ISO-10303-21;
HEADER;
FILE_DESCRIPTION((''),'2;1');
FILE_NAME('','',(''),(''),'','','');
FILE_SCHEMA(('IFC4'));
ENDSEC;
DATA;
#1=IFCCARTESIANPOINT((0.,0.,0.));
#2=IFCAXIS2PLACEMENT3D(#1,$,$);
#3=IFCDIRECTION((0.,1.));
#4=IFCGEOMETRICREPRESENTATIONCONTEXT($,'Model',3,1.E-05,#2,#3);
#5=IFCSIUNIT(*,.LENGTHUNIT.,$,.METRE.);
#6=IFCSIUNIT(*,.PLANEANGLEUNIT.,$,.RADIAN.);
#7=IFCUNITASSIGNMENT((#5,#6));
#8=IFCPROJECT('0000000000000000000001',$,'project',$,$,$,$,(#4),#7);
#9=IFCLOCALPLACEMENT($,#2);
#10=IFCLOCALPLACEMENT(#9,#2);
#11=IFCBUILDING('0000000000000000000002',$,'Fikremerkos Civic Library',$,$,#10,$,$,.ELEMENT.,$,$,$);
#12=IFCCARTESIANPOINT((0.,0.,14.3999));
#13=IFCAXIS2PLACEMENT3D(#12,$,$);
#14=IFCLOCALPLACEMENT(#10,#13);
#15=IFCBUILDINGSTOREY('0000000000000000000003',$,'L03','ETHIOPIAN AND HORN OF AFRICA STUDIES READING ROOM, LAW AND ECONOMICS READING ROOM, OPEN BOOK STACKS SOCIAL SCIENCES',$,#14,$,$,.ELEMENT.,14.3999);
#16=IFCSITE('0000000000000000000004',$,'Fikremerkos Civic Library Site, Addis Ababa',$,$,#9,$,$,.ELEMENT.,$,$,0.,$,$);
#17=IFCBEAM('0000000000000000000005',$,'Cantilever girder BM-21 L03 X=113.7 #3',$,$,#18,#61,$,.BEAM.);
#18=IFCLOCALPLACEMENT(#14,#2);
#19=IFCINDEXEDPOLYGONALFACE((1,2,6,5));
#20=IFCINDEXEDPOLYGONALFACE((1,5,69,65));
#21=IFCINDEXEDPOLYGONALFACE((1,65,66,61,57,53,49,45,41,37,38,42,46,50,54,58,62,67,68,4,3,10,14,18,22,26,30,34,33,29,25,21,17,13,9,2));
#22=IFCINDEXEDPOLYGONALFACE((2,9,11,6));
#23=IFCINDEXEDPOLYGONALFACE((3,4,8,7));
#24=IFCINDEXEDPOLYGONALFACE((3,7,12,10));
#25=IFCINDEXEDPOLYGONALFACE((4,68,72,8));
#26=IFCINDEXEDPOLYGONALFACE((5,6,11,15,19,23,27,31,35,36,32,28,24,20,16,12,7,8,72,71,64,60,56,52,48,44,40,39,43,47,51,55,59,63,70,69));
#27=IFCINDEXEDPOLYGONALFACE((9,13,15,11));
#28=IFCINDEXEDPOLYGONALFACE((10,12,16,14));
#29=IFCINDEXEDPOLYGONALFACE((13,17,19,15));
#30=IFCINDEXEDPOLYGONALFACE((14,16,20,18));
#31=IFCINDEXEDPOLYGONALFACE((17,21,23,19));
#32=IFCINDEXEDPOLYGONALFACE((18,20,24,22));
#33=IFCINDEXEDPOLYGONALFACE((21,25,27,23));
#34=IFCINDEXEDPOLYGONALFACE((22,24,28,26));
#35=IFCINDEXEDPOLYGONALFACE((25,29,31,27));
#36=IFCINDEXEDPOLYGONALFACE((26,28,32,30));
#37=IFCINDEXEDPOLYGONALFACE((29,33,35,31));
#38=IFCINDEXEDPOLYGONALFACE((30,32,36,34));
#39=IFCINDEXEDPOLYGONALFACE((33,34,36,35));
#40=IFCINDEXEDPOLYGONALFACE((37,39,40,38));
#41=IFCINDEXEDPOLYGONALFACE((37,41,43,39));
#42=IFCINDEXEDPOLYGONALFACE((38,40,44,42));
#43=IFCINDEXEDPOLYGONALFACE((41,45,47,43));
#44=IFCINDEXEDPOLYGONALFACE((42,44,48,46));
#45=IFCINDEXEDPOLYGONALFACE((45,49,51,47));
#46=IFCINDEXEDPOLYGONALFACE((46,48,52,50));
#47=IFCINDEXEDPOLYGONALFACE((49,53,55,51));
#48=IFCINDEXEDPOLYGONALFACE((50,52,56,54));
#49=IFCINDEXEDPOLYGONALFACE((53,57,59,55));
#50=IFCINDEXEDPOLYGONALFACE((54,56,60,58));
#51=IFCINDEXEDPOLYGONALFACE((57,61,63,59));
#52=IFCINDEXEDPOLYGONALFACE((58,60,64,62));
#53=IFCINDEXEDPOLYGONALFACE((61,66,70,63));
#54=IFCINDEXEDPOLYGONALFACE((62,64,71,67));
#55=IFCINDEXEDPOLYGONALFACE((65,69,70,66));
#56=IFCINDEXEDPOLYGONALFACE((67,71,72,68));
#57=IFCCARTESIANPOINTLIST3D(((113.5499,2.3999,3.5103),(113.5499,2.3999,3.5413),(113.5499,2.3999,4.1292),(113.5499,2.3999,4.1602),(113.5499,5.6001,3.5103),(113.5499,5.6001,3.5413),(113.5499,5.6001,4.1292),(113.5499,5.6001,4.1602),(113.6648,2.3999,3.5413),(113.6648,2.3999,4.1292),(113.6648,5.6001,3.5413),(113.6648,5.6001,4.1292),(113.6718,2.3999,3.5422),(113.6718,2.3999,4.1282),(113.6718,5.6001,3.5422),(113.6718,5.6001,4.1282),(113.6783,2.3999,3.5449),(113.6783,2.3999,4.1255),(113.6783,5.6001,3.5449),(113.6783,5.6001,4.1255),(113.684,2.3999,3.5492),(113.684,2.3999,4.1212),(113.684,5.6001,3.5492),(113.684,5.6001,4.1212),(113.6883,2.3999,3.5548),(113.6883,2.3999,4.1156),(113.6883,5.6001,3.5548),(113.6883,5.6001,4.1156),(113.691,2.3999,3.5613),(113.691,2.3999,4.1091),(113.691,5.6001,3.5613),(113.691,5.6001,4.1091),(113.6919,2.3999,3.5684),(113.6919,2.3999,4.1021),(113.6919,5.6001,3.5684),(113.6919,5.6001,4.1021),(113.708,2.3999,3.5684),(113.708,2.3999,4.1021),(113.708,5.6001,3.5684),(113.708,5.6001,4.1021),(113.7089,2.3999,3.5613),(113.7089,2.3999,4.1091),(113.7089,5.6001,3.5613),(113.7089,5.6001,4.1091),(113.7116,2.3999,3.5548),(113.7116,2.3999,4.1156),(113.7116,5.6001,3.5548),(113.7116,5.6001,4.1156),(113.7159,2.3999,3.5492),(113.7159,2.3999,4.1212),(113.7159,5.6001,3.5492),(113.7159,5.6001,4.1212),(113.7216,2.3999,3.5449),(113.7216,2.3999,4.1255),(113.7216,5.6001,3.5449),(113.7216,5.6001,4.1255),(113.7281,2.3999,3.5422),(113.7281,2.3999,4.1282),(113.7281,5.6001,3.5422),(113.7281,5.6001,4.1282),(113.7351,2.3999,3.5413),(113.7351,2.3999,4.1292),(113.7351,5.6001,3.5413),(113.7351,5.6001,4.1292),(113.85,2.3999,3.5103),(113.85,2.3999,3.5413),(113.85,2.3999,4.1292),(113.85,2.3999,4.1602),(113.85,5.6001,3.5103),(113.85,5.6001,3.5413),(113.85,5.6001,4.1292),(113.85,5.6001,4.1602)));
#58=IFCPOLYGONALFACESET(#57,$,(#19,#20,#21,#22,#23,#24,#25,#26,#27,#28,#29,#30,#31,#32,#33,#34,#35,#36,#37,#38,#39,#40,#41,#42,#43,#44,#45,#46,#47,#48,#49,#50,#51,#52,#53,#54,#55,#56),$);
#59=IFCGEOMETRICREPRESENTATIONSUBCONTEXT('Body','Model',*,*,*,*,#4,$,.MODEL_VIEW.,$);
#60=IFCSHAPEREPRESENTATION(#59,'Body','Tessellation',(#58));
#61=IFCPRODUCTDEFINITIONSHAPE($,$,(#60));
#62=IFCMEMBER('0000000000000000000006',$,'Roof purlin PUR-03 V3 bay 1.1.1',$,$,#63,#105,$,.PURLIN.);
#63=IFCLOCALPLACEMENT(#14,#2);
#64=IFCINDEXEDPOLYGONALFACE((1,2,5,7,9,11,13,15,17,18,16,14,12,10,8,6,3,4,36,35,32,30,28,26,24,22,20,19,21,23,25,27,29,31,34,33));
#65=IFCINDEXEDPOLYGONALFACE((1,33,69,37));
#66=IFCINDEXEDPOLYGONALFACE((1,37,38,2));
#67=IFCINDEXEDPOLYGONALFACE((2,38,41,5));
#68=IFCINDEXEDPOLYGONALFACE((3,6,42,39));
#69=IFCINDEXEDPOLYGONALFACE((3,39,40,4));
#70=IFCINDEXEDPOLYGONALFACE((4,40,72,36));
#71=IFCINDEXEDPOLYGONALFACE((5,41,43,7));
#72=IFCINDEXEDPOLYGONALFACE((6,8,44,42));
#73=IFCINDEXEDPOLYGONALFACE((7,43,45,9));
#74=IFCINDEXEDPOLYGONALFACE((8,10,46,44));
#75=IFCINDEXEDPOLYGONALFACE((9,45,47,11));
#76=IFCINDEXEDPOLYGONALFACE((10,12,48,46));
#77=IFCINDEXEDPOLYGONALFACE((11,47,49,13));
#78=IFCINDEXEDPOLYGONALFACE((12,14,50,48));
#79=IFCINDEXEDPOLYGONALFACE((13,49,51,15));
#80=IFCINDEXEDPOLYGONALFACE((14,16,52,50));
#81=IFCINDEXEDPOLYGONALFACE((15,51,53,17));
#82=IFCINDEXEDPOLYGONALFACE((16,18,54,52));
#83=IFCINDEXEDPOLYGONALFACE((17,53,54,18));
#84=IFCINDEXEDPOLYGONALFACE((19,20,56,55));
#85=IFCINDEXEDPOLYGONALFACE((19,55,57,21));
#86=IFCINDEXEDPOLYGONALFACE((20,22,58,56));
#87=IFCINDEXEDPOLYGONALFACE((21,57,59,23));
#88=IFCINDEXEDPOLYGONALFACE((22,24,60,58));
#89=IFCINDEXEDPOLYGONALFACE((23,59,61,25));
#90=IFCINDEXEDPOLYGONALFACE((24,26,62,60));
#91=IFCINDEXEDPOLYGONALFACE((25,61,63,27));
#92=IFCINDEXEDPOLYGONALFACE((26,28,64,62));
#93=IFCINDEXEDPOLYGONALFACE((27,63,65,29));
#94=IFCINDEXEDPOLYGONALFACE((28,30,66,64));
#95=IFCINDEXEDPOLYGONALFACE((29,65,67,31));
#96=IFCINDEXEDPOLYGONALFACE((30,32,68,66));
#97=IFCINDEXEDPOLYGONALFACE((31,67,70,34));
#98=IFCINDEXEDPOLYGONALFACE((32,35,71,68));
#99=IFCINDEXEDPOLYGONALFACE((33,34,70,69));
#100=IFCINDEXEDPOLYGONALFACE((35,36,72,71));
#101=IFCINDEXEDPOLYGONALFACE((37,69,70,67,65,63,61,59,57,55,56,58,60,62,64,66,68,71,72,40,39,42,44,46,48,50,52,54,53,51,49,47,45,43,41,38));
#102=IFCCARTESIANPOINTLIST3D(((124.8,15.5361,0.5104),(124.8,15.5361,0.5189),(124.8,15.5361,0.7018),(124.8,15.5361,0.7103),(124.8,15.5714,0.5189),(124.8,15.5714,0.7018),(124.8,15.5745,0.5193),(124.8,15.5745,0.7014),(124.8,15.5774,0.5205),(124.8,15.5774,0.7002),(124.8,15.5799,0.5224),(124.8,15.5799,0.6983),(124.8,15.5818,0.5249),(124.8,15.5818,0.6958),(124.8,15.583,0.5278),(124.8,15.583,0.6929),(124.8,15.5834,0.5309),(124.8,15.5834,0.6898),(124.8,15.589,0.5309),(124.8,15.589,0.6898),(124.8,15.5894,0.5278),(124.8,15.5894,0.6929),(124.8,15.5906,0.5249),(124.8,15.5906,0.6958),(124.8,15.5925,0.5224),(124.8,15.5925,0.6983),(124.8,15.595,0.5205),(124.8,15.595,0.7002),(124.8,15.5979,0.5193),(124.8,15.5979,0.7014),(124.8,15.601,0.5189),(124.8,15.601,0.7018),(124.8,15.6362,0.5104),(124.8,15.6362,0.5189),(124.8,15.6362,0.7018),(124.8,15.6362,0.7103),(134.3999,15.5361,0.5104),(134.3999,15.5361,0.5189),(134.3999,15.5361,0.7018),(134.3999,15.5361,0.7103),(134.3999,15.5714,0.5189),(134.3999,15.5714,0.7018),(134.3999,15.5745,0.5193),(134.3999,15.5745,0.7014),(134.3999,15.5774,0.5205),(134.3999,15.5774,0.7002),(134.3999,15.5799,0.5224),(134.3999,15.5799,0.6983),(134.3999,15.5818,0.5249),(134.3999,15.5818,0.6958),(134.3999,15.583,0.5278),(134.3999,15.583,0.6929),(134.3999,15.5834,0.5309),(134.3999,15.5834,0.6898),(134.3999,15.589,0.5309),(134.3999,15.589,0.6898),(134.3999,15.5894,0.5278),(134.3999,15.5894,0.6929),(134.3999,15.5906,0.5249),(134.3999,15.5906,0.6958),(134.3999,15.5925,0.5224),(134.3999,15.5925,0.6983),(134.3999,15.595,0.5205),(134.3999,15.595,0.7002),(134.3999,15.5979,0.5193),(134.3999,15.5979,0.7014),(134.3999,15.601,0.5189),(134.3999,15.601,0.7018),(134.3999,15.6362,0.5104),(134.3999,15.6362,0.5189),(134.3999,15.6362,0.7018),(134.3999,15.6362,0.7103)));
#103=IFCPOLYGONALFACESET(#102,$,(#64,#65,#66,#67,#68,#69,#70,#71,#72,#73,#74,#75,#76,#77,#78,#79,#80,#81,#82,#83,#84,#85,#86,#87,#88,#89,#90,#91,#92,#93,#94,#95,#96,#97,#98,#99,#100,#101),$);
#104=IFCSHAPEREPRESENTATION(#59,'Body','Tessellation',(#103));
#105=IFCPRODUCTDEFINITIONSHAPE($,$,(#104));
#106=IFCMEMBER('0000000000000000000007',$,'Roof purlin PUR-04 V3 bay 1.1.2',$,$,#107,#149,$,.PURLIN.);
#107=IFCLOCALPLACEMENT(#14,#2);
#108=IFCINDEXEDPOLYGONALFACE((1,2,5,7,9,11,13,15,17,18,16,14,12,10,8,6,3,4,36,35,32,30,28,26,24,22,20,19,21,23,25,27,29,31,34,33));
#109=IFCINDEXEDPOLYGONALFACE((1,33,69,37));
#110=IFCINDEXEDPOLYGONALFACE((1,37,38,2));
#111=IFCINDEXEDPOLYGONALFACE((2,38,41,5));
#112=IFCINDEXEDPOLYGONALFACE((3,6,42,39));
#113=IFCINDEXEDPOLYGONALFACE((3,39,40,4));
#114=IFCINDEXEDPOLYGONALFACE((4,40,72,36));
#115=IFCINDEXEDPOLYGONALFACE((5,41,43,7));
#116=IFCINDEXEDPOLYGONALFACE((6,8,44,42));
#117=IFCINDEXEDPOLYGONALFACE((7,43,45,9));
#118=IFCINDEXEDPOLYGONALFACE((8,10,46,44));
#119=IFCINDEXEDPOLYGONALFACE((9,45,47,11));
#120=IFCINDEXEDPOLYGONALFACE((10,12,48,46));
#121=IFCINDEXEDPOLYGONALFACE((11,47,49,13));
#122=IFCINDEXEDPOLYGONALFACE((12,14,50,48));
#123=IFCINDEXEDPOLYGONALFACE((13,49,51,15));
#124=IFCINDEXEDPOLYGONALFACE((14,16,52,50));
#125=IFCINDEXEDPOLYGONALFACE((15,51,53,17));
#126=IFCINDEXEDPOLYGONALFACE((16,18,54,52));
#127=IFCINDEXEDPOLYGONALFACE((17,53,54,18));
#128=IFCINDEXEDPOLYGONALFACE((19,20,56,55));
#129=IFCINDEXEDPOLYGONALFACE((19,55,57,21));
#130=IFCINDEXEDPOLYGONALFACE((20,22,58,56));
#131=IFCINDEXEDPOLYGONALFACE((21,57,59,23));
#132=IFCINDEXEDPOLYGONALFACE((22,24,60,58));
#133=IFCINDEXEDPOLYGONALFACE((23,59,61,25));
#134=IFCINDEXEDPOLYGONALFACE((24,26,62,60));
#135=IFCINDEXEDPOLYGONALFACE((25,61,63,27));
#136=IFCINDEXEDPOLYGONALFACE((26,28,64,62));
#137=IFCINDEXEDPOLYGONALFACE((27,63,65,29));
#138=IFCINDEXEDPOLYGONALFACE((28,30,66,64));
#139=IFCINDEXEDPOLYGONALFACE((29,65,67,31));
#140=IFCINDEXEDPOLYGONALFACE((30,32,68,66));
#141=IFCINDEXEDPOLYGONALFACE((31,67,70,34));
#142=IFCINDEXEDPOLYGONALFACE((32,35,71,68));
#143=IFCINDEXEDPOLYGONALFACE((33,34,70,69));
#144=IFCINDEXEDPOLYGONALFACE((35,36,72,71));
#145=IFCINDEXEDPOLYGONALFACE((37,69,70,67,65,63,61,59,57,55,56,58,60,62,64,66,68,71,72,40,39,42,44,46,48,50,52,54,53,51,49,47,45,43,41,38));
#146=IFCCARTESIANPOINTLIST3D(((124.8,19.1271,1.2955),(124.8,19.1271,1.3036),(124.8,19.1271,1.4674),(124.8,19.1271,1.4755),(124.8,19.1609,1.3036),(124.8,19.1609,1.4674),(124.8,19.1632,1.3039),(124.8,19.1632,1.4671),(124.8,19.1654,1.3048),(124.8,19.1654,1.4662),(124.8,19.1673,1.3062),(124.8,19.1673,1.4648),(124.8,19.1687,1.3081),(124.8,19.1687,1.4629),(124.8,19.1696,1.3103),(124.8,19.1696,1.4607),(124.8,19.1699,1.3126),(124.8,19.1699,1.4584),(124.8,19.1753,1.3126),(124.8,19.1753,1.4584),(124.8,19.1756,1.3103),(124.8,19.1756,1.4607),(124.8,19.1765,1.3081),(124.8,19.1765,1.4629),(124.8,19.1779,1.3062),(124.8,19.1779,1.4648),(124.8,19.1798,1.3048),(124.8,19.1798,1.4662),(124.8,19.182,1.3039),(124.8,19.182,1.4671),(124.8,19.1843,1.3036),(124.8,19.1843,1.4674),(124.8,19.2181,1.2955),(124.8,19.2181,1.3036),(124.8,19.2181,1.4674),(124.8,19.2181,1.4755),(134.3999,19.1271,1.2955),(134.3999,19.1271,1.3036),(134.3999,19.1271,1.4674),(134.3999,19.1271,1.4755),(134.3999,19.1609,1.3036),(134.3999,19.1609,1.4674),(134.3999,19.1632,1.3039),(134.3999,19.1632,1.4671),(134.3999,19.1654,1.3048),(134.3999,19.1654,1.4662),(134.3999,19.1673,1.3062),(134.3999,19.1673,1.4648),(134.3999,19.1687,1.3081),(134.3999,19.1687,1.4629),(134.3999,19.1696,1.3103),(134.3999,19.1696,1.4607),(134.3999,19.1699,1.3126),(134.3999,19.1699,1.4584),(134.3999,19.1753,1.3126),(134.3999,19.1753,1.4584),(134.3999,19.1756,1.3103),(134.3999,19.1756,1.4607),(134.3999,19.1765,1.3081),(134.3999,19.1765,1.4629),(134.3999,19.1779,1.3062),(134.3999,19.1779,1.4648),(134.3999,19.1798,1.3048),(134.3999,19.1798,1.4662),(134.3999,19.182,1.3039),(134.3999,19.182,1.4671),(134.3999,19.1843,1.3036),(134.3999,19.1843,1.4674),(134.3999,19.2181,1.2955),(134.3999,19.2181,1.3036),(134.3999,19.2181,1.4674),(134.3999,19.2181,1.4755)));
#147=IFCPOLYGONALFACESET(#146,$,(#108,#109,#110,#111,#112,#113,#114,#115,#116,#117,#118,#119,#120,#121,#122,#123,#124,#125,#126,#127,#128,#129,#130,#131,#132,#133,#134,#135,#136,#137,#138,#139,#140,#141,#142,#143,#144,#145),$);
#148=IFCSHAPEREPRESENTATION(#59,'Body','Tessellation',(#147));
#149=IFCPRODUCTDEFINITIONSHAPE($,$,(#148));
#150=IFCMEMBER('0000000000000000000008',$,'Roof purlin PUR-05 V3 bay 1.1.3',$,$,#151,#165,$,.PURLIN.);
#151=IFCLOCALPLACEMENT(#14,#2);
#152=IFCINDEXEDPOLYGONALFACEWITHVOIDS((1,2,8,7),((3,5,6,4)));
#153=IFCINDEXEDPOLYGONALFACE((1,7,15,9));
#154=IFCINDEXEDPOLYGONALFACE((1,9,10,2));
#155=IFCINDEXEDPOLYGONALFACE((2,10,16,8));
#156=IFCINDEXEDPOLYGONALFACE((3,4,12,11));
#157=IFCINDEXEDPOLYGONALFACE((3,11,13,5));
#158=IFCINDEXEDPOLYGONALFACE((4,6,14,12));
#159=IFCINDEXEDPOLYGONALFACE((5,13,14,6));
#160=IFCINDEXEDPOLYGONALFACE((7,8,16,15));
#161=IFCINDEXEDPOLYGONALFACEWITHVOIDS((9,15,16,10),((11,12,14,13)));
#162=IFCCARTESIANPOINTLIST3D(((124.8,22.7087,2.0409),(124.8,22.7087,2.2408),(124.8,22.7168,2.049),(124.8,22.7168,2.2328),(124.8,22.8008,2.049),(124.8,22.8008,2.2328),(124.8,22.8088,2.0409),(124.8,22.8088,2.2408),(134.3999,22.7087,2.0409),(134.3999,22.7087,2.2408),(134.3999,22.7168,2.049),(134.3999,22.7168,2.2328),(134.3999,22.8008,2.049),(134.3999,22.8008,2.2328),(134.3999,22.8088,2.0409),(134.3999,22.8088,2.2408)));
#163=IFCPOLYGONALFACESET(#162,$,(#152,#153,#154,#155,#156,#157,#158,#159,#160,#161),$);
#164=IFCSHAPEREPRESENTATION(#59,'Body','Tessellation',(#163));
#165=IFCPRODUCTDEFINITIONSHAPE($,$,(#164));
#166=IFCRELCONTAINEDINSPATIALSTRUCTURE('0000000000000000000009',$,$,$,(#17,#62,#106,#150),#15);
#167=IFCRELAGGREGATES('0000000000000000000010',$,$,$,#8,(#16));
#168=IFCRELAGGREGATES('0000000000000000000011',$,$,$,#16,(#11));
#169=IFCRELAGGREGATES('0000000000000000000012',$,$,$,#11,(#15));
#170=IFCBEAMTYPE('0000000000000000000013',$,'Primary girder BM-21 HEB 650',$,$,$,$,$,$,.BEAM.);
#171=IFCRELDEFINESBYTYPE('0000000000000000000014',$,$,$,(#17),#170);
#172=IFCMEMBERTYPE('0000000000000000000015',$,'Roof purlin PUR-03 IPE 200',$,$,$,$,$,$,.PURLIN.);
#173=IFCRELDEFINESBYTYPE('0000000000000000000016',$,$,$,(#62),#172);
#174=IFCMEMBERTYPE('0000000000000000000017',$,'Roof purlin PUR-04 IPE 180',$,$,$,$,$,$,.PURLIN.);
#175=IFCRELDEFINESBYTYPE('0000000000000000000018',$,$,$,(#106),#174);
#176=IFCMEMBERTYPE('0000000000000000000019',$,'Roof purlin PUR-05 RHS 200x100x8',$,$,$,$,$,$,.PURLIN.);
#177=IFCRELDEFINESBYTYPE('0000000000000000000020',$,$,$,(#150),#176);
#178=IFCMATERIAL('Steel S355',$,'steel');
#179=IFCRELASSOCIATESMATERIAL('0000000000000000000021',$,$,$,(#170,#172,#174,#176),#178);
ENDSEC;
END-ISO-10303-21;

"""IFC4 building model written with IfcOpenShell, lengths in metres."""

from ifc_helpers import new_model, si_unit, direction, frame, origin, origin_2d, place, context, subcontext, project, spatial, hollow_rectangle, i_section, extrude, material, material_profile, profile_set, type_object, element, save


model = new_model("IFC4")

# Units and contexts
model_context = context("Model", 3, precision=1e-05, world=origin(), true_north=direction((0.0, 1.0)))
body_context = subcontext(model_context, "Body", "Model", "MODEL_VIEW")
ifc_project = project(units=[si_unit("LENGTHUNIT", "METRE"), si_unit("PLANEANGLEUNIT", "RADIAN")], contexts=[model_context])

# Site, building, storey
site_placement = place(None, origin())
site = spatial("IfcSite", under=ifc_project, at=site_placement, Name="Fikremerkos Civic Library Site, Addis Ababa", CompositionType="ELEMENT", RefElevation=0.0)
building_placement = place(site_placement, origin())
building = spatial("IfcBuilding", under=site, at=building_placement, Name="Fikremerkos Civic Library", CompositionType="ELEMENT")
storey_placement = place(building_placement, frame((0.0, 0.0, 14.3999)))
storey = spatial("IfcBuildingStorey", under=building, at=storey_placement, Name="L03", Description="ETHIOPIAN AND HORN OF AFRICA STUDIES READING ROOM, LAW AND ECONOMICS READING ROOM, OPEN BOOK STACKS SOCIAL SCIENCES", CompositionType="ELEMENT", Elevation=14.3999)

# Shared definitions
ifc_material_1 = material(Name="Steel S355", Category="steel")

# Beam
ifc_material_profile_1 = material_profile(ifc_material_1, i_section(OverallWidth=0.3, OverallDepth=0.6499, WebThickness=0.0161, FlangeThickness=0.031, FilletRadius=0.0271, at=origin_2d()), Name="HEB 650")
ifc_profile_set_1 = profile_set([ifc_material_profile_1], Name="Steel S355")
beam_type_1 = type_object("IfcBeamType", Name="Primary girder BM-21 HEB 650", PredefinedType="BEAM", material=ifc_profile_set_1)
beam_1_placement = place(storey_placement, frame((113.7, 5.6001, 3.8352), z_axis=(0.0, -1.0, 0.0), x_axis=(1.0, 0.0, 0.0)))
element("IfcBeam", 1, at=beam_1_placement, inside=storey, type_object=beam_type_1, Name="Cantilever girder BM-21 L03 X=113.7 #3", PredefinedType="BEAM", context=body_context, shape_type="SweptSolid", body=[
    extrude(i_section(OverallWidth=0.3, OverallDepth=0.6499, WebThickness=0.0161, FlangeThickness=0.031, FilletRadius=0.0271, at=origin_2d()), origin(), (0.0, 0.0, 1.0), 3.2002),
])

# Members
ifc_material_profile_2 = material_profile(ifc_material_1, i_section(OverallWidth=0.1001, OverallDepth=0.2, WebThickness=0.0056, FlangeThickness=0.0085, FilletRadius=0.012, at=origin_2d()), Name="IPE 200")
ifc_profile_set_2 = profile_set([ifc_material_profile_2], Name="Steel S355")
member_type_1 = type_object("IfcMemberType", Name="Roof purlin PUR-03 IPE 200", PredefinedType="PURLIN", material=ifc_profile_set_2)
member_1_placement = place(storey_placement, frame((124.8, 15.5862, 0.6104), z_axis=(1.0, 0.0, 0.0), x_axis=(0.0, 1.0, 0.0)))
element("IfcMember", 2, at=member_1_placement, inside=storey, type_object=member_type_1, Name="Roof purlin PUR-03 V3 bay 1.1.1", PredefinedType="PURLIN", context=body_context, shape_type="SweptSolid", body=[
    extrude(i_section(OverallWidth=0.1001, OverallDepth=0.2, WebThickness=0.0056, FlangeThickness=0.0085, FilletRadius=0.012, at=origin_2d()), origin(), (0.0, 0.0, 1.0), 9.5999),
])
ifc_material_profile_3 = material_profile(ifc_material_1, i_section(OverallWidth=0.0911, OverallDepth=0.1799, WebThickness=0.0054, FlangeThickness=0.0081, FilletRadius=0.009, at=origin_2d()), Name="IPE 180")
ifc_profile_set_3 = profile_set([ifc_material_profile_3], Name="Steel S355")
member_type_2 = type_object("IfcMemberType", Name="Roof purlin PUR-04 IPE 180", PredefinedType="PURLIN", material=ifc_profile_set_3)
member_2_placement = place(storey_placement, frame((124.8, 19.1726, 1.3855), z_axis=(1.0, 0.0, 0.0), x_axis=(0.0, 1.0, 0.0)))
element("IfcMember", 3, at=member_2_placement, inside=storey, type_object=member_type_2, Name="Roof purlin PUR-04 V3 bay 1.1.2", PredefinedType="PURLIN", context=body_context, shape_type="SweptSolid", body=[
    extrude(i_section(OverallWidth=0.0911, OverallDepth=0.1799, WebThickness=0.0054, FlangeThickness=0.0081, FilletRadius=0.009, at=origin_2d()), origin(), (0.0, 0.0, 1.0), 9.5999),
])
ifc_material_profile_4 = material_profile(ifc_material_1, hollow_rectangle(XDim=0.1001, YDim=0.2, WallThickness=0.0081, at=origin_2d()), Name="RHS 200x100x8")
ifc_profile_set_4 = profile_set([ifc_material_profile_4], Name="Steel S355")
member_type_3 = type_object("IfcMemberType", Name="Roof purlin PUR-05 RHS 200x100x8", PredefinedType="PURLIN", material=ifc_profile_set_4)
member_3_placement = place(storey_placement, frame((124.8, 22.7588, 2.1409), z_axis=(1.0, 0.0, 0.0), x_axis=(0.0, 1.0, 0.0)))
element("IfcMember", 4, at=member_3_placement, inside=storey, type_object=member_type_3, Name="Roof purlin PUR-05 V3 bay 1.1.3", PredefinedType="PURLIN", context=body_context, shape_type="SweptSolid", body=[
    extrude(hollow_rectangle(XDim=0.1001, YDim=0.2, WallThickness=0.0081, at=origin_2d()), origin(), (0.0, 0.0, 1.0), 9.5999),
])

save(model, "model.ifc")
